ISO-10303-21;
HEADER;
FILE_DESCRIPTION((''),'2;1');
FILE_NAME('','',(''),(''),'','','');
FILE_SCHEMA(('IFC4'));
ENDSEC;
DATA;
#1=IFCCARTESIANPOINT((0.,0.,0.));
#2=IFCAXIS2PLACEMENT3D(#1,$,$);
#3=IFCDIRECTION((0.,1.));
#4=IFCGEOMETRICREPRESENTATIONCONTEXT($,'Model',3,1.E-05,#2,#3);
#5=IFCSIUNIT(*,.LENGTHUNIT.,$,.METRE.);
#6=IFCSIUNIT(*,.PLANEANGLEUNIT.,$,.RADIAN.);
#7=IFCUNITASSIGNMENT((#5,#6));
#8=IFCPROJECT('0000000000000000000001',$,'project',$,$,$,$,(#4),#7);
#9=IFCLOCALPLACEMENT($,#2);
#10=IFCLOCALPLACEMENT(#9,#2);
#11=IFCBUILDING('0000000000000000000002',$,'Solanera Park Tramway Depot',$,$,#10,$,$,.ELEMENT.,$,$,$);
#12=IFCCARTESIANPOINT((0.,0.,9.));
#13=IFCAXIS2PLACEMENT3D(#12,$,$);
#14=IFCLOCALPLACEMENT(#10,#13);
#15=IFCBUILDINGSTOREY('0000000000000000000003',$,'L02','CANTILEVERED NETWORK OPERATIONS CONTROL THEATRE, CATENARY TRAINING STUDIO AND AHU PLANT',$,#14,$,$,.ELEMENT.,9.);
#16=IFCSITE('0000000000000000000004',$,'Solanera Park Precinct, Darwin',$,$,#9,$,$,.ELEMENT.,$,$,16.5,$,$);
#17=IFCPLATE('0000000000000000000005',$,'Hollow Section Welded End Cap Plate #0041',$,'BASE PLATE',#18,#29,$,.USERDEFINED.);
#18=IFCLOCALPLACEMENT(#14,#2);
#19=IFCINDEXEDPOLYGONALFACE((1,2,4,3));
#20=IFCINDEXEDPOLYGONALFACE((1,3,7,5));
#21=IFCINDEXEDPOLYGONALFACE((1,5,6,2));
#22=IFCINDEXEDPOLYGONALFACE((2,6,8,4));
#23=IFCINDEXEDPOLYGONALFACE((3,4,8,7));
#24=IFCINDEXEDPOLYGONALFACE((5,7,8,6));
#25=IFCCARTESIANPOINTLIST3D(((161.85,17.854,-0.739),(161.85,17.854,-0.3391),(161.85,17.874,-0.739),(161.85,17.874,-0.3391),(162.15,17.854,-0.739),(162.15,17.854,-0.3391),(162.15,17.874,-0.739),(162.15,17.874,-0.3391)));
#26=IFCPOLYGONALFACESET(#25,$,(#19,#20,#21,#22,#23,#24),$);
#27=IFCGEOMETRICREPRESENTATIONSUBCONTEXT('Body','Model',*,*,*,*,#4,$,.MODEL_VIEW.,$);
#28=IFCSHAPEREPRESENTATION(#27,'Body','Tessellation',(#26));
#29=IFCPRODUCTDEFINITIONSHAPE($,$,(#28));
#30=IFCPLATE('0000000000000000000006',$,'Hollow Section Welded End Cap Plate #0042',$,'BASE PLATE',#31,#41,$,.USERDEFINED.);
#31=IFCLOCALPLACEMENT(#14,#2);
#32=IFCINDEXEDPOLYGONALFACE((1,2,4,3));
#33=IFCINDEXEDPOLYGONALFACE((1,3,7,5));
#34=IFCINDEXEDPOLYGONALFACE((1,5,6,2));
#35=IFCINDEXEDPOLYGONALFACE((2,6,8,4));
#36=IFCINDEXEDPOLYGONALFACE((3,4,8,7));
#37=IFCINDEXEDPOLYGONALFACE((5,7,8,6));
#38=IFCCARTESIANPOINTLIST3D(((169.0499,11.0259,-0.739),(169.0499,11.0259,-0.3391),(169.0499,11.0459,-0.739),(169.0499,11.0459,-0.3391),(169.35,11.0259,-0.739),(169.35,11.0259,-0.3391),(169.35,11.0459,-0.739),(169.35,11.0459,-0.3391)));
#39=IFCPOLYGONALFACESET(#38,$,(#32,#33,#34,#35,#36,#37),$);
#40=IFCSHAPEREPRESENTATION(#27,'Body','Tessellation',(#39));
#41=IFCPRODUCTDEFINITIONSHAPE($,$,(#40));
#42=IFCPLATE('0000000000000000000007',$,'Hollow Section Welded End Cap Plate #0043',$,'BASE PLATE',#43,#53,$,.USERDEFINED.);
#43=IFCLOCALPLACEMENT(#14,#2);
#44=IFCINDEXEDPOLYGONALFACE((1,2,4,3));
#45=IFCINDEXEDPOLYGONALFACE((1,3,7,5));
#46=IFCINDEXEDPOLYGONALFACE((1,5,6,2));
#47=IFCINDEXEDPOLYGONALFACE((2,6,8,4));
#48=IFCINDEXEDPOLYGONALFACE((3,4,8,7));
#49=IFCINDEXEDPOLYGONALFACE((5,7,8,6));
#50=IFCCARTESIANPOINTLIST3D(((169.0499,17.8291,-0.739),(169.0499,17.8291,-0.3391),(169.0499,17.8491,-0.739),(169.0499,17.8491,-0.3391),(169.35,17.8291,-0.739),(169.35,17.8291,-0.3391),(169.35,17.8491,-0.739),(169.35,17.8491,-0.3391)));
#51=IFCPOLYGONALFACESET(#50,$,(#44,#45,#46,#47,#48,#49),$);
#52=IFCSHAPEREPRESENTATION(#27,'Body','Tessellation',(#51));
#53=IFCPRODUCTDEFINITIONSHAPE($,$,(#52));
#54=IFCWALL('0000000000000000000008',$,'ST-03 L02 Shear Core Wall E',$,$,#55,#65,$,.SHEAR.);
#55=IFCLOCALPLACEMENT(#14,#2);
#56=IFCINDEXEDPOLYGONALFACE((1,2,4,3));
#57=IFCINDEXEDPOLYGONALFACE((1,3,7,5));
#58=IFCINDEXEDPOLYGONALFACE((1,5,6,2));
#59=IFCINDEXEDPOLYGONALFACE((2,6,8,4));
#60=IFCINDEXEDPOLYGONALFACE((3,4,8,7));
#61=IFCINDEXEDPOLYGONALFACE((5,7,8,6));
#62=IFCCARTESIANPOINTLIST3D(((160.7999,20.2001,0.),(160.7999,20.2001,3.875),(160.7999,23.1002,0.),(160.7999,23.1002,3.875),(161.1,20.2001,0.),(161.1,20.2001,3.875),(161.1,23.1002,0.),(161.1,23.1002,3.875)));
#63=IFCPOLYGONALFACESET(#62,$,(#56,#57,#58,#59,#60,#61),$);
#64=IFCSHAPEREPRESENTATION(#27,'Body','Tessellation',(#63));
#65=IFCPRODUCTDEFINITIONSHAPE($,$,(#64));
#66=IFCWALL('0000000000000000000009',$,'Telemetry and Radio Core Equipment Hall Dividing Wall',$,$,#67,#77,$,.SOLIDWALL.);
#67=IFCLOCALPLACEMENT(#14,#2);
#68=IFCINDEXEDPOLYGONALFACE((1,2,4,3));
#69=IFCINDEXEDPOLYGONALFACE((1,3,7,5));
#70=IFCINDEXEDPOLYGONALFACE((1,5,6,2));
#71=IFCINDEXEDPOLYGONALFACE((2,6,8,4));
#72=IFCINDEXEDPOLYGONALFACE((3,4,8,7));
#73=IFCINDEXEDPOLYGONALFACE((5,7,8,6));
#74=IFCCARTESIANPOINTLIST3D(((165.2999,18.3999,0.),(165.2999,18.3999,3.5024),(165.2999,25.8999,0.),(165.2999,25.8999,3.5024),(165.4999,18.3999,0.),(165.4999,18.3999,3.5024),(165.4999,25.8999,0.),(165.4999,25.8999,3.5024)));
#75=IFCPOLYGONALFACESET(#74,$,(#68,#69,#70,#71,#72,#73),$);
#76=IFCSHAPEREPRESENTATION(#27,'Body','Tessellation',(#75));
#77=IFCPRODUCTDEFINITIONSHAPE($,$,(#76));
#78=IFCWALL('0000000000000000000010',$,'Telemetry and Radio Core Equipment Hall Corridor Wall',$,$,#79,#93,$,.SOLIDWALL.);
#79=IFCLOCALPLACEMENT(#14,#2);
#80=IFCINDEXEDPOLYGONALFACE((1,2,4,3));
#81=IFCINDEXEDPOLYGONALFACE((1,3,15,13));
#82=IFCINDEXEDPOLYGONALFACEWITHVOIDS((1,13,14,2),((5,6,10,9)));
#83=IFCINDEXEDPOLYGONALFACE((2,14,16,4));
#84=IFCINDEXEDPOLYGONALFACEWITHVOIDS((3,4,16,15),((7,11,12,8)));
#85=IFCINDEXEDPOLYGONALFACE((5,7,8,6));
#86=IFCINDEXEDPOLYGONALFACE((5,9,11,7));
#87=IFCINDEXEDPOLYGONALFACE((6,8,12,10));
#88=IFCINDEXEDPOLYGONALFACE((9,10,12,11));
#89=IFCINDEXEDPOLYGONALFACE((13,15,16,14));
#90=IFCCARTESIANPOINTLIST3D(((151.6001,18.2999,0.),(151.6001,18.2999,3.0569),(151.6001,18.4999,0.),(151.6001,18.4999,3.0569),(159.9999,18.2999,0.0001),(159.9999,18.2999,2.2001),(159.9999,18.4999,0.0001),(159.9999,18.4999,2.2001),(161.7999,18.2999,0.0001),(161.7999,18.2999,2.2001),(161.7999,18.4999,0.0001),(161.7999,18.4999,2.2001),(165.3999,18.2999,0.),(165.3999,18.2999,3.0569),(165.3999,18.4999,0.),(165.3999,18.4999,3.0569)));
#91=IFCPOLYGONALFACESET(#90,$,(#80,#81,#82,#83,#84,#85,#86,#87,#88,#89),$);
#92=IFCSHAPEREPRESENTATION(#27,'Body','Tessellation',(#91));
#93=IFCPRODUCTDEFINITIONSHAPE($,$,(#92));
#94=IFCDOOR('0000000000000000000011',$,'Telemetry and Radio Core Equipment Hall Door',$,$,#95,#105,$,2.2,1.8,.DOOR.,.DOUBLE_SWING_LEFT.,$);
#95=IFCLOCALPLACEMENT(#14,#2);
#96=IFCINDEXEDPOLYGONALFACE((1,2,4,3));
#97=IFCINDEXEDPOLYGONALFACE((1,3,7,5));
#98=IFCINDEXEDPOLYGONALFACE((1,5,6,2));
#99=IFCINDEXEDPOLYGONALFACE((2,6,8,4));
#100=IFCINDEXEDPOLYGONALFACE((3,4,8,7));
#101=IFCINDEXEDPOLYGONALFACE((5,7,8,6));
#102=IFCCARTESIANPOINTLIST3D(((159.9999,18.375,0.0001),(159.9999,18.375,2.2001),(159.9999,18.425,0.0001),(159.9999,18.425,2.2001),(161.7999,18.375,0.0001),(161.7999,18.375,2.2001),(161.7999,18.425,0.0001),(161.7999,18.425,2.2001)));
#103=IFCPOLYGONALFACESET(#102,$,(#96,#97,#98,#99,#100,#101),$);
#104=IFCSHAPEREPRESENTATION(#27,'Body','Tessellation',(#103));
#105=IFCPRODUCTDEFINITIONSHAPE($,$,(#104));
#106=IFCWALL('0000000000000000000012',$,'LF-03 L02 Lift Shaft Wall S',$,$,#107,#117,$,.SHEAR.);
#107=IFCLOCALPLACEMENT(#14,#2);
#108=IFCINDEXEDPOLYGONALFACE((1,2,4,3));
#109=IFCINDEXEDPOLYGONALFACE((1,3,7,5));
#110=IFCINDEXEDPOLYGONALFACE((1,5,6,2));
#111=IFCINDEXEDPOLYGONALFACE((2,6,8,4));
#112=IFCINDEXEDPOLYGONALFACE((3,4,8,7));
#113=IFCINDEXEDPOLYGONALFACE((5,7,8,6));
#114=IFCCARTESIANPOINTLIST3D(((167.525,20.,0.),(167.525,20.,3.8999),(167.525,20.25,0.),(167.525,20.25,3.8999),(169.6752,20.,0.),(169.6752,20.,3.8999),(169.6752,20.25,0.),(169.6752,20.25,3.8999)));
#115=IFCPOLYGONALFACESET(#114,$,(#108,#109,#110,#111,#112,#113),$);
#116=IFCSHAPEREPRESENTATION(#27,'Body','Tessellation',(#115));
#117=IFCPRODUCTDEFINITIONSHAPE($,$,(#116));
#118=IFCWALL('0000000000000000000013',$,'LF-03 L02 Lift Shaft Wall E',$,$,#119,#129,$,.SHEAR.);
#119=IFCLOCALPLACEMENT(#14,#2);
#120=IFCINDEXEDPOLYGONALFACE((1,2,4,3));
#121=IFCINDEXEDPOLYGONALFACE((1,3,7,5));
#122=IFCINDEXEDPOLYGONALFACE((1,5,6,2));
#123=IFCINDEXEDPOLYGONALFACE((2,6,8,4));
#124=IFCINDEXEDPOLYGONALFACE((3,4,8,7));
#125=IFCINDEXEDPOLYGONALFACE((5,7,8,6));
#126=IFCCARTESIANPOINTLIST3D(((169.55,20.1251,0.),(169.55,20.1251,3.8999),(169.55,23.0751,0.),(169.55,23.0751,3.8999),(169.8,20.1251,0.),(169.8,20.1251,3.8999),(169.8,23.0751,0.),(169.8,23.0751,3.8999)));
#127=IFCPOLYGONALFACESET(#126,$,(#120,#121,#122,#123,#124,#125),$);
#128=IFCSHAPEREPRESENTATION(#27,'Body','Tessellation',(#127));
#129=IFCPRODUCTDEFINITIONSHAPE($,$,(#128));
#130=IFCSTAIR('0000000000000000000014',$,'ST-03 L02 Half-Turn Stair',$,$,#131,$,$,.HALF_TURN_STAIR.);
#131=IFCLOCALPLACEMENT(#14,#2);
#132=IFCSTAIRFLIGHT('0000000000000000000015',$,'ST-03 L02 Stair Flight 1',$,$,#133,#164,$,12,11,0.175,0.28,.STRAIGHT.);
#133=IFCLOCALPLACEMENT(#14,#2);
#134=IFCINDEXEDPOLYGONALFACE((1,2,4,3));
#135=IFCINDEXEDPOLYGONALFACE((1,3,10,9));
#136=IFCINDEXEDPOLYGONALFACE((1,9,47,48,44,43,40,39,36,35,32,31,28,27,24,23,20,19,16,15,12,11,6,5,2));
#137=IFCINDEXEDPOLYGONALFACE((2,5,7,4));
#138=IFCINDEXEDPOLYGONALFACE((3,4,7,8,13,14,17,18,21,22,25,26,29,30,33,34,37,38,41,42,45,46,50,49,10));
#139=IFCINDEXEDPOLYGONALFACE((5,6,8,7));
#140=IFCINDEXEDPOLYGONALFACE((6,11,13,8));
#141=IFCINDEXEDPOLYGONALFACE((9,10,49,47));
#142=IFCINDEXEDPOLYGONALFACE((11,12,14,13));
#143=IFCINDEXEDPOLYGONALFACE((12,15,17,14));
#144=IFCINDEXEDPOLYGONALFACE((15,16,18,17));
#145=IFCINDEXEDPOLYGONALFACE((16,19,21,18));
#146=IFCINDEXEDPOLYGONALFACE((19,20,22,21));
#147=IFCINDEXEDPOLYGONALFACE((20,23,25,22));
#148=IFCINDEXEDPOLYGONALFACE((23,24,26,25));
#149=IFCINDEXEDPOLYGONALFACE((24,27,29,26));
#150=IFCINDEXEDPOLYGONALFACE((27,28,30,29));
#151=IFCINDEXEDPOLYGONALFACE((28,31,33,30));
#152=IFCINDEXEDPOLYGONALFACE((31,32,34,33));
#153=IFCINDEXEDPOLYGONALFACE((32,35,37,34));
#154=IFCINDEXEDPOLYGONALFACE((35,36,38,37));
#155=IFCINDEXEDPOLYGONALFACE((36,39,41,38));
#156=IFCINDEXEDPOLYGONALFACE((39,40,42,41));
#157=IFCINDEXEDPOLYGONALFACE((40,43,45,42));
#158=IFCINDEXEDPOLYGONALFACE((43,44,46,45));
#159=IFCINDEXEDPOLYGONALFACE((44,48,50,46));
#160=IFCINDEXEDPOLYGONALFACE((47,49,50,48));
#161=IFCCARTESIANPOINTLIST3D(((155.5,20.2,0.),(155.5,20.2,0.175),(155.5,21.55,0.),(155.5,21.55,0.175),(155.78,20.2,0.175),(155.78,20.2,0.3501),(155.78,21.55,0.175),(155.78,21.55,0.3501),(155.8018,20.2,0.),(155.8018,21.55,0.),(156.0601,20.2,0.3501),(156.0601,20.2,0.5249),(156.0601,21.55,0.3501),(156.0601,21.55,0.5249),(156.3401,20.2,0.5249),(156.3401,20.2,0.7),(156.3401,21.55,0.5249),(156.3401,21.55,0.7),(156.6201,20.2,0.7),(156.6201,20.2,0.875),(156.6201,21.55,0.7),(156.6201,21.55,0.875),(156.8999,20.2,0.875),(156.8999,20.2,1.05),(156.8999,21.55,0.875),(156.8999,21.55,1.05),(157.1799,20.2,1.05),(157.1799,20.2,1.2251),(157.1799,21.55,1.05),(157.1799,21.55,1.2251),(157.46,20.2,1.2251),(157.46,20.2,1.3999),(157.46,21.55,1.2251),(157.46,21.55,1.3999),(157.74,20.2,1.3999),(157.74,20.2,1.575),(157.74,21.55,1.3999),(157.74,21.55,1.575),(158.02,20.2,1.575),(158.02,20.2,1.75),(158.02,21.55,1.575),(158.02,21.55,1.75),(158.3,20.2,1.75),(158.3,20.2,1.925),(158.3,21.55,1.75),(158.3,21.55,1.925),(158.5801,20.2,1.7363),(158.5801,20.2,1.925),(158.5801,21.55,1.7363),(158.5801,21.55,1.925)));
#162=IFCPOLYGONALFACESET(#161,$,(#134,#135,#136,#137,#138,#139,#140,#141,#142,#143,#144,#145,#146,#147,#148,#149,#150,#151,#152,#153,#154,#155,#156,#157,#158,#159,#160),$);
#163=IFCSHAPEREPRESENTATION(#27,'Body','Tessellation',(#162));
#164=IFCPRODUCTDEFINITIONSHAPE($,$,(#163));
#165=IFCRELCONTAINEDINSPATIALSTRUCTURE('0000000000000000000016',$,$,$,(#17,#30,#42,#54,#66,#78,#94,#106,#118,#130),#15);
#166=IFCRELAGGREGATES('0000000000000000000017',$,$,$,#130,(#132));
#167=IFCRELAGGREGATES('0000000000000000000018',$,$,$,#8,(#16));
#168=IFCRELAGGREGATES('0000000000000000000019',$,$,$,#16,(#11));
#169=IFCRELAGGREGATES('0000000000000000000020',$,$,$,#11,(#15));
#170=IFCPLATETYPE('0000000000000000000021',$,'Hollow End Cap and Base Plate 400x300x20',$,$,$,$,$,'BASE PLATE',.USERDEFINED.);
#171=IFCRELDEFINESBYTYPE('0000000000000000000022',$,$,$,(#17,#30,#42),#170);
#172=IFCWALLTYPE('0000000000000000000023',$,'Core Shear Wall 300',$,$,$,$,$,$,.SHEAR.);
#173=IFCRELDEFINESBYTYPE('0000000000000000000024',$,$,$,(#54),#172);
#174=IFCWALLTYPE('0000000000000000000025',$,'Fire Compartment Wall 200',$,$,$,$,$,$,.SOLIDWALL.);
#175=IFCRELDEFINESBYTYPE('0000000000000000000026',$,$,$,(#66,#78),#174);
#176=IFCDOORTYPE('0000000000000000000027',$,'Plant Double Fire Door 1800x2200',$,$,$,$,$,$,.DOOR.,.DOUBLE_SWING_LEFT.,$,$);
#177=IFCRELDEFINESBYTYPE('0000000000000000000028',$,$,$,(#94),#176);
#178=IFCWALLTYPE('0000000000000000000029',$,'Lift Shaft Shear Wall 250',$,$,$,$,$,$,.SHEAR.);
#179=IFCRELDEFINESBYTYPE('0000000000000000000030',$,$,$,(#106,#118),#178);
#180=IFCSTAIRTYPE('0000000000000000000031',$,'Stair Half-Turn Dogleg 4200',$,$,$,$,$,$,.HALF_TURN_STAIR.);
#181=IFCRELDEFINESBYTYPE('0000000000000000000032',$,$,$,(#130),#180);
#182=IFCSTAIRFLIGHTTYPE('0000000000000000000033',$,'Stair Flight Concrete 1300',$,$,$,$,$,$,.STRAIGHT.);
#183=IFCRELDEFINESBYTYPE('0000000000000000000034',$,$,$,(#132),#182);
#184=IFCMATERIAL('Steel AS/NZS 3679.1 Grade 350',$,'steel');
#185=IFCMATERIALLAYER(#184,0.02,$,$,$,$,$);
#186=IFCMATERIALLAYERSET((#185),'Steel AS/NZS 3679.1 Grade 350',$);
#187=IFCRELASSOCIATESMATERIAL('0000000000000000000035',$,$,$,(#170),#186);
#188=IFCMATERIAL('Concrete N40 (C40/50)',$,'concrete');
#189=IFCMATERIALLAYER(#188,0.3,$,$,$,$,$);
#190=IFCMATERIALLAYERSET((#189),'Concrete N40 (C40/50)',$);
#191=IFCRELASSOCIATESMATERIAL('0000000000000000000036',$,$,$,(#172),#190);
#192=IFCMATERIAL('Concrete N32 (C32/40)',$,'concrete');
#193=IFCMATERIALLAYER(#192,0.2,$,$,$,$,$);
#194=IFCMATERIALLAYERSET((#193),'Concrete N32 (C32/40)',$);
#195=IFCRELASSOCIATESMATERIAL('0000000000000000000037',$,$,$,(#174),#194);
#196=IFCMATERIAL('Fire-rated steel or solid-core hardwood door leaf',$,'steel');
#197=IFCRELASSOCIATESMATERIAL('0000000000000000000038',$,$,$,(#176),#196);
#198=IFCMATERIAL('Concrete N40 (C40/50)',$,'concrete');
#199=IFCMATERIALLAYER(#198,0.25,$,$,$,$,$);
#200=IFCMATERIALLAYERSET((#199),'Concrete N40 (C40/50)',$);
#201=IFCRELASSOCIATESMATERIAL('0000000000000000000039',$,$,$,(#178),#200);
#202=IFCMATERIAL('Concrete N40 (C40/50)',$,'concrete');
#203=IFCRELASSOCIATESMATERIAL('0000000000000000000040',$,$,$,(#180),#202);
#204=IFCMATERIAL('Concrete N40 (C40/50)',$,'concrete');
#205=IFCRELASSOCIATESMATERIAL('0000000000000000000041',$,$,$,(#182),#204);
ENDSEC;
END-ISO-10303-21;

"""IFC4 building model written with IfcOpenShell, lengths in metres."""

from ifc_helpers import new_model, si_unit, direction, frame, frame_2d, origin, origin_2d, place, context, subcontext, project, spatial, polyline, rectangle, outline, extrude, material, layer, layer_set, type_object, element, fill, aggregate, save


model = new_model("IFC4")

# Units and contexts
model_context = context("Model", 3, precision=1e-05, world=origin(), true_north=direction((0.0, 1.0)))
body_context = subcontext(model_context, "Body", "Model", "MODEL_VIEW")
ifc_project = project(units=[si_unit("LENGTHUNIT", "METRE"), si_unit("PLANEANGLEUNIT", "RADIAN")], contexts=[model_context])

# Site, building, storey
site_placement = place(None, origin())
site = spatial("IfcSite", under=ifc_project, at=site_placement, Name="Solanera Park Precinct, Darwin", CompositionType="ELEMENT", RefElevation=16.5)
building_placement = place(site_placement, origin())
building = spatial("IfcBuilding", under=site, at=building_placement, Name="Solanera Park Tramway Depot", CompositionType="ELEMENT")
storey_placement = place(building_placement, frame((0.0, 0.0, 9.0)))
storey = spatial("IfcBuildingStorey", under=building, at=storey_placement, Name="L02", Description="CANTILEVERED NETWORK OPERATIONS CONTROL THEATRE, CATENARY TRAINING STUDIO AND AHU PLANT", CompositionType="ELEMENT", Elevation=9.0)

# Plates
ifc_material_1 = material(Name="Steel AS/NZS 3679.1 Grade 350", Category="steel")
ifc_layer_1 = layer(ifc_material_1, 0.02)
ifc_layer_set_1 = layer_set([ifc_layer_1], Name="Steel AS/NZS 3679.1 Grade 350")
plate_type_1 = type_object("IfcPlateType", Name="Hollow End Cap and Base Plate 400x300x20", ElementType="BASE PLATE", PredefinedType="USERDEFINED", material=ifc_layer_set_1)
for number, where, z_axis, x_axis, name in (
    (1, (162.0, 17.864, -0.739), (0.0, 0.0, 1.0), (0.0, 1.0, 0.0), "Hollow Section Welded End Cap Plate #0041"),
    (2, (169.2, 11.0359, -0.739), (0.0, 0.0, 1.0), (0.0, 1.0, 0.0), "Hollow Section Welded End Cap Plate #0042"),
    (3, (169.2, 17.8391, -0.739), (0.0, 0.0, 1.0), (0.0, 1.0, 0.0), "Hollow Section Welded End Cap Plate #0043"),
):
    element("IfcPlate", number, at=place(storey_placement, frame(where, z_axis=z_axis, x_axis=x_axis)), inside=storey, type_object=plate_type_1, Name=name, ObjectType="BASE PLATE", PredefinedType="USERDEFINED", context=body_context, shape_type="SweptSolid", body=[
        extrude(rectangle(XDim=0.02, YDim=0.3, at=origin_2d()), origin(), (0.0, 0.0, 1.0), 0.3999),
    ])

# Shared definitions
ifc_material_2 = material(Name="Concrete N40 (C40/50)", Category="concrete")
ifc_layer_2 = layer(ifc_material_2, 0.3)
ifc_layer_set_2 = layer_set([ifc_layer_2], Name="Concrete N40 (C40/50)")
wall_type_1 = type_object("IfcWallType", Name="Core Shear Wall 300", PredefinedType="SHEAR", material=ifc_layer_set_2)

# Walls
wall_1_placement = place(storey_placement, frame((160.95, 20.2, 0.0), z_axis=(0.0, 0.0, 1.0), x_axis=(0.0, 1.0, 0.0)))
element("IfcWall", 4, at=wall_1_placement, inside=storey, type_object=wall_type_1, Name="ST-03 L02 Shear Core Wall E", PredefinedType="SHEAR", context=body_context, shape_type="SweptSolid", body=[
    extrude(rectangle(XDim=2.9001, YDim=0.3, at=frame_2d((1.4502, 0.0))), origin(), (0.0, 0.0, 1.0), 3.875),
])
ifc_material_3 = material(Name="Concrete N32 (C32/40)", Category="concrete")
ifc_layer_3 = layer(ifc_material_3, 0.2)
ifc_layer_set_3 = layer_set([ifc_layer_3], Name="Concrete N32 (C32/40)")
wall_type_2 = type_object("IfcWallType", Name="Fire Compartment Wall 200", PredefinedType="SOLIDWALL", material=ifc_layer_set_3)
wall_2_placement = place(storey_placement, frame((165.3999, 18.3999, 0.0), z_axis=(0.0, 0.0, 1.0), x_axis=(0.0, 1.0, 0.0)))
element("IfcWall", 5, at=wall_2_placement, inside=storey, type_object=wall_type_2, Name="Telemetry and Radio Core Equipment Hall Dividing Wall", PredefinedType="SOLIDWALL", context=body_context, shape_type="SweptSolid", body=[
    extrude(rectangle(XDim=7.5, YDim=0.2, at=frame_2d((3.75, 0.0))), origin(), (0.0, 0.0, 1.0), 3.5024),
])

# Wall, opening, door
wall_3_placement = place(storey_placement, frame((165.3999, 18.3999, 0.0), z_axis=(0.0, 0.0, 1.0), x_axis=(-1.0, 0.0, 0.0)))
wall_3 = element("IfcWall", 6, at=wall_3_placement, inside=storey, type_object=wall_type_2, Name="Telemetry and Radio Core Equipment Hall Corridor Wall", PredefinedType="SOLIDWALL", context=body_context, shape_type="SweptSolid", body=[
    extrude(rectangle(XDim=13.7998, YDim=0.2, at=frame_2d((6.8999, 0.0))), origin(), (0.0, 0.0, 1.0), 3.0569),
])
opening_1_placement = place(wall_3_placement, frame((3.6001, 0.0, 0.0)))
opening_1 = element("IfcOpeningElement", 7, at=opening_1_placement, cuts=wall_3, PredefinedType="OPENING", context=body_context, shape_type="SweptSolid", body=[
    extrude(rectangle(XDim=1.8, YDim=2.2, at=frame_2d((0.8999, 1.1001))), frame((0.0, 0.1099, 0.0), z_axis=(0.0, -1.0, 0.0), x_axis=(1.0, 0.0, 0.0)), (0.0, 0.0, 1.0), 0.22),
])
ifc_material_4 = material(Name="Fire-rated steel or solid-core hardwood door leaf", Category="steel")
door_type_1 = type_object("IfcDoorType", Name="Plant Double Fire Door 1800x2200", OperationType="DOUBLE_SWING_LEFT", PredefinedType="DOOR", material=ifc_material_4)
door_1_placement = place(opening_1_placement, origin())
door_1 = element("IfcDoor", 8, at=door_1_placement, inside=storey, type_object=door_type_1, Name="Telemetry and Radio Core Equipment Hall Door", OperationType="DOUBLE_SWING_LEFT", OverallHeight=2.2, OverallWidth=1.8, PredefinedType="DOOR", context=body_context, shape_type="SweptSolid", body=[
    extrude(rectangle(XDim=1.8, YDim=2.2, at=frame_2d((0.8999, 1.1001))), frame((0.0, 0.0249, 0.0), z_axis=(0.0, -1.0, 0.0), x_axis=(1.0, 0.0, 0.0)), (0.0, 0.0, 1.0), 0.05),
])
fill(opening_1, door_1)

# Walls
ifc_material_5 = material(Name="Concrete N40 (C40/50)", Category="concrete")
ifc_layer_4 = layer(ifc_material_5, 0.25)
ifc_layer_set_4 = layer_set([ifc_layer_4], Name="Concrete N40 (C40/50)")
wall_type_3 = type_object("IfcWallType", Name="Lift Shaft Shear Wall 250", PredefinedType="SHEAR", material=ifc_layer_set_4)
wall_4_placement = place(storey_placement, frame((167.5249, 20.125, 0.0), z_axis=(0.0, 0.0, 1.0), x_axis=(1.0, 0.0, 0.0)))
element("IfcWall", 9, at=wall_4_placement, inside=storey, type_object=wall_type_3, Name="LF-03 L02 Lift Shaft Wall S", PredefinedType="SHEAR", context=body_context, shape_type="SweptSolid", body=[
    extrude(rectangle(XDim=2.1501, YDim=0.25, at=frame_2d((1.0752, 0.0))), origin(), (0.0, 0.0, 1.0), 3.8999),
])
wall_5_placement = place(storey_placement, frame((169.675, 20.125, 0.0), z_axis=(0.0, 0.0, 1.0), x_axis=(0.0, 1.0, 0.0)))
element("IfcWall", 10, at=wall_5_placement, inside=storey, type_object=wall_type_3, Name="LF-03 L02 Lift Shaft Wall E", PredefinedType="SHEAR", context=body_context, shape_type="SweptSolid", body=[
    extrude(rectangle(XDim=2.95, YDim=0.25, at=frame_2d((1.4751, 0.0))), origin(), (0.0, 0.0, 1.0), 3.8999),
])

# Stair, stair flight
ifc_material_6 = material(Name="Concrete N40 (C40/50)", Category="concrete")
stair_type = type_object("IfcStairType", Name="Stair Half-Turn Dogleg 4200", PredefinedType="HALF_TURN_STAIR", material=ifc_material_6)
stair_placement = place(storey_placement, origin())
stair = element("IfcStair", 11, at=stair_placement, inside=storey, type_object=stair_type, Name="ST-03 L02 Half-Turn Stair", PredefinedType="HALF_TURN_STAIR")
ifc_material_7 = material(Name="Concrete N40 (C40/50)", Category="concrete")
stair_flight_type = type_object("IfcStairFlightType", Name="Stair Flight Concrete 1300", PredefinedType="STRAIGHT", material=ifc_material_7)
stair_flight_placement = place(storey_placement, frame((155.5, 20.875, 0.0), z_axis=(0.0, 0.0, 1.0), x_axis=(1.0, 0.0, 0.0)))
stair_flight = element("IfcStairFlight", 12, at=stair_flight_placement, type_object=stair_flight_type, Name="ST-03 L02 Stair Flight 1", NumberOfRisers=12, NumberOfTreads=11, PredefinedType="STRAIGHT", RiserHeight=0.175, TreadLength=0.28, context=body_context, shape_type="SweptSolid", body=[
    extrude(outline(polyline([(0.0, 0.0), (0.0, 0.175), (0.28, 0.175), (0.28, 0.3501), (0.5601, 0.3501), (0.5601, 0.5249), (0.8401, 0.5249), (0.8401, 0.7), (1.1201, 0.7), (1.1201, 0.875), (1.3999, 0.875), (1.3999, 1.05), (1.6799, 1.05), (1.6799, 1.2251), (1.96, 1.2251), (1.96, 1.3999), (2.24, 1.3999), (2.24, 1.575), (2.52, 1.575), (2.52, 1.75), (2.8, 1.75), (2.8, 1.925), (3.0801, 1.925), (3.0801, 2.1001), (3.0801, 1.7363), (0.3018, 0.0), (0.0, 0.0)])), frame((0.0, 0.675, 0.0), z_axis=(0.0, -1.0, 0.0), x_axis=(1.0, 0.0, 0.0)), (0.0, 0.0, 1.0), 1.3501),
])
aggregate(stair, [stair_flight])

save(model, "model.ifc")
